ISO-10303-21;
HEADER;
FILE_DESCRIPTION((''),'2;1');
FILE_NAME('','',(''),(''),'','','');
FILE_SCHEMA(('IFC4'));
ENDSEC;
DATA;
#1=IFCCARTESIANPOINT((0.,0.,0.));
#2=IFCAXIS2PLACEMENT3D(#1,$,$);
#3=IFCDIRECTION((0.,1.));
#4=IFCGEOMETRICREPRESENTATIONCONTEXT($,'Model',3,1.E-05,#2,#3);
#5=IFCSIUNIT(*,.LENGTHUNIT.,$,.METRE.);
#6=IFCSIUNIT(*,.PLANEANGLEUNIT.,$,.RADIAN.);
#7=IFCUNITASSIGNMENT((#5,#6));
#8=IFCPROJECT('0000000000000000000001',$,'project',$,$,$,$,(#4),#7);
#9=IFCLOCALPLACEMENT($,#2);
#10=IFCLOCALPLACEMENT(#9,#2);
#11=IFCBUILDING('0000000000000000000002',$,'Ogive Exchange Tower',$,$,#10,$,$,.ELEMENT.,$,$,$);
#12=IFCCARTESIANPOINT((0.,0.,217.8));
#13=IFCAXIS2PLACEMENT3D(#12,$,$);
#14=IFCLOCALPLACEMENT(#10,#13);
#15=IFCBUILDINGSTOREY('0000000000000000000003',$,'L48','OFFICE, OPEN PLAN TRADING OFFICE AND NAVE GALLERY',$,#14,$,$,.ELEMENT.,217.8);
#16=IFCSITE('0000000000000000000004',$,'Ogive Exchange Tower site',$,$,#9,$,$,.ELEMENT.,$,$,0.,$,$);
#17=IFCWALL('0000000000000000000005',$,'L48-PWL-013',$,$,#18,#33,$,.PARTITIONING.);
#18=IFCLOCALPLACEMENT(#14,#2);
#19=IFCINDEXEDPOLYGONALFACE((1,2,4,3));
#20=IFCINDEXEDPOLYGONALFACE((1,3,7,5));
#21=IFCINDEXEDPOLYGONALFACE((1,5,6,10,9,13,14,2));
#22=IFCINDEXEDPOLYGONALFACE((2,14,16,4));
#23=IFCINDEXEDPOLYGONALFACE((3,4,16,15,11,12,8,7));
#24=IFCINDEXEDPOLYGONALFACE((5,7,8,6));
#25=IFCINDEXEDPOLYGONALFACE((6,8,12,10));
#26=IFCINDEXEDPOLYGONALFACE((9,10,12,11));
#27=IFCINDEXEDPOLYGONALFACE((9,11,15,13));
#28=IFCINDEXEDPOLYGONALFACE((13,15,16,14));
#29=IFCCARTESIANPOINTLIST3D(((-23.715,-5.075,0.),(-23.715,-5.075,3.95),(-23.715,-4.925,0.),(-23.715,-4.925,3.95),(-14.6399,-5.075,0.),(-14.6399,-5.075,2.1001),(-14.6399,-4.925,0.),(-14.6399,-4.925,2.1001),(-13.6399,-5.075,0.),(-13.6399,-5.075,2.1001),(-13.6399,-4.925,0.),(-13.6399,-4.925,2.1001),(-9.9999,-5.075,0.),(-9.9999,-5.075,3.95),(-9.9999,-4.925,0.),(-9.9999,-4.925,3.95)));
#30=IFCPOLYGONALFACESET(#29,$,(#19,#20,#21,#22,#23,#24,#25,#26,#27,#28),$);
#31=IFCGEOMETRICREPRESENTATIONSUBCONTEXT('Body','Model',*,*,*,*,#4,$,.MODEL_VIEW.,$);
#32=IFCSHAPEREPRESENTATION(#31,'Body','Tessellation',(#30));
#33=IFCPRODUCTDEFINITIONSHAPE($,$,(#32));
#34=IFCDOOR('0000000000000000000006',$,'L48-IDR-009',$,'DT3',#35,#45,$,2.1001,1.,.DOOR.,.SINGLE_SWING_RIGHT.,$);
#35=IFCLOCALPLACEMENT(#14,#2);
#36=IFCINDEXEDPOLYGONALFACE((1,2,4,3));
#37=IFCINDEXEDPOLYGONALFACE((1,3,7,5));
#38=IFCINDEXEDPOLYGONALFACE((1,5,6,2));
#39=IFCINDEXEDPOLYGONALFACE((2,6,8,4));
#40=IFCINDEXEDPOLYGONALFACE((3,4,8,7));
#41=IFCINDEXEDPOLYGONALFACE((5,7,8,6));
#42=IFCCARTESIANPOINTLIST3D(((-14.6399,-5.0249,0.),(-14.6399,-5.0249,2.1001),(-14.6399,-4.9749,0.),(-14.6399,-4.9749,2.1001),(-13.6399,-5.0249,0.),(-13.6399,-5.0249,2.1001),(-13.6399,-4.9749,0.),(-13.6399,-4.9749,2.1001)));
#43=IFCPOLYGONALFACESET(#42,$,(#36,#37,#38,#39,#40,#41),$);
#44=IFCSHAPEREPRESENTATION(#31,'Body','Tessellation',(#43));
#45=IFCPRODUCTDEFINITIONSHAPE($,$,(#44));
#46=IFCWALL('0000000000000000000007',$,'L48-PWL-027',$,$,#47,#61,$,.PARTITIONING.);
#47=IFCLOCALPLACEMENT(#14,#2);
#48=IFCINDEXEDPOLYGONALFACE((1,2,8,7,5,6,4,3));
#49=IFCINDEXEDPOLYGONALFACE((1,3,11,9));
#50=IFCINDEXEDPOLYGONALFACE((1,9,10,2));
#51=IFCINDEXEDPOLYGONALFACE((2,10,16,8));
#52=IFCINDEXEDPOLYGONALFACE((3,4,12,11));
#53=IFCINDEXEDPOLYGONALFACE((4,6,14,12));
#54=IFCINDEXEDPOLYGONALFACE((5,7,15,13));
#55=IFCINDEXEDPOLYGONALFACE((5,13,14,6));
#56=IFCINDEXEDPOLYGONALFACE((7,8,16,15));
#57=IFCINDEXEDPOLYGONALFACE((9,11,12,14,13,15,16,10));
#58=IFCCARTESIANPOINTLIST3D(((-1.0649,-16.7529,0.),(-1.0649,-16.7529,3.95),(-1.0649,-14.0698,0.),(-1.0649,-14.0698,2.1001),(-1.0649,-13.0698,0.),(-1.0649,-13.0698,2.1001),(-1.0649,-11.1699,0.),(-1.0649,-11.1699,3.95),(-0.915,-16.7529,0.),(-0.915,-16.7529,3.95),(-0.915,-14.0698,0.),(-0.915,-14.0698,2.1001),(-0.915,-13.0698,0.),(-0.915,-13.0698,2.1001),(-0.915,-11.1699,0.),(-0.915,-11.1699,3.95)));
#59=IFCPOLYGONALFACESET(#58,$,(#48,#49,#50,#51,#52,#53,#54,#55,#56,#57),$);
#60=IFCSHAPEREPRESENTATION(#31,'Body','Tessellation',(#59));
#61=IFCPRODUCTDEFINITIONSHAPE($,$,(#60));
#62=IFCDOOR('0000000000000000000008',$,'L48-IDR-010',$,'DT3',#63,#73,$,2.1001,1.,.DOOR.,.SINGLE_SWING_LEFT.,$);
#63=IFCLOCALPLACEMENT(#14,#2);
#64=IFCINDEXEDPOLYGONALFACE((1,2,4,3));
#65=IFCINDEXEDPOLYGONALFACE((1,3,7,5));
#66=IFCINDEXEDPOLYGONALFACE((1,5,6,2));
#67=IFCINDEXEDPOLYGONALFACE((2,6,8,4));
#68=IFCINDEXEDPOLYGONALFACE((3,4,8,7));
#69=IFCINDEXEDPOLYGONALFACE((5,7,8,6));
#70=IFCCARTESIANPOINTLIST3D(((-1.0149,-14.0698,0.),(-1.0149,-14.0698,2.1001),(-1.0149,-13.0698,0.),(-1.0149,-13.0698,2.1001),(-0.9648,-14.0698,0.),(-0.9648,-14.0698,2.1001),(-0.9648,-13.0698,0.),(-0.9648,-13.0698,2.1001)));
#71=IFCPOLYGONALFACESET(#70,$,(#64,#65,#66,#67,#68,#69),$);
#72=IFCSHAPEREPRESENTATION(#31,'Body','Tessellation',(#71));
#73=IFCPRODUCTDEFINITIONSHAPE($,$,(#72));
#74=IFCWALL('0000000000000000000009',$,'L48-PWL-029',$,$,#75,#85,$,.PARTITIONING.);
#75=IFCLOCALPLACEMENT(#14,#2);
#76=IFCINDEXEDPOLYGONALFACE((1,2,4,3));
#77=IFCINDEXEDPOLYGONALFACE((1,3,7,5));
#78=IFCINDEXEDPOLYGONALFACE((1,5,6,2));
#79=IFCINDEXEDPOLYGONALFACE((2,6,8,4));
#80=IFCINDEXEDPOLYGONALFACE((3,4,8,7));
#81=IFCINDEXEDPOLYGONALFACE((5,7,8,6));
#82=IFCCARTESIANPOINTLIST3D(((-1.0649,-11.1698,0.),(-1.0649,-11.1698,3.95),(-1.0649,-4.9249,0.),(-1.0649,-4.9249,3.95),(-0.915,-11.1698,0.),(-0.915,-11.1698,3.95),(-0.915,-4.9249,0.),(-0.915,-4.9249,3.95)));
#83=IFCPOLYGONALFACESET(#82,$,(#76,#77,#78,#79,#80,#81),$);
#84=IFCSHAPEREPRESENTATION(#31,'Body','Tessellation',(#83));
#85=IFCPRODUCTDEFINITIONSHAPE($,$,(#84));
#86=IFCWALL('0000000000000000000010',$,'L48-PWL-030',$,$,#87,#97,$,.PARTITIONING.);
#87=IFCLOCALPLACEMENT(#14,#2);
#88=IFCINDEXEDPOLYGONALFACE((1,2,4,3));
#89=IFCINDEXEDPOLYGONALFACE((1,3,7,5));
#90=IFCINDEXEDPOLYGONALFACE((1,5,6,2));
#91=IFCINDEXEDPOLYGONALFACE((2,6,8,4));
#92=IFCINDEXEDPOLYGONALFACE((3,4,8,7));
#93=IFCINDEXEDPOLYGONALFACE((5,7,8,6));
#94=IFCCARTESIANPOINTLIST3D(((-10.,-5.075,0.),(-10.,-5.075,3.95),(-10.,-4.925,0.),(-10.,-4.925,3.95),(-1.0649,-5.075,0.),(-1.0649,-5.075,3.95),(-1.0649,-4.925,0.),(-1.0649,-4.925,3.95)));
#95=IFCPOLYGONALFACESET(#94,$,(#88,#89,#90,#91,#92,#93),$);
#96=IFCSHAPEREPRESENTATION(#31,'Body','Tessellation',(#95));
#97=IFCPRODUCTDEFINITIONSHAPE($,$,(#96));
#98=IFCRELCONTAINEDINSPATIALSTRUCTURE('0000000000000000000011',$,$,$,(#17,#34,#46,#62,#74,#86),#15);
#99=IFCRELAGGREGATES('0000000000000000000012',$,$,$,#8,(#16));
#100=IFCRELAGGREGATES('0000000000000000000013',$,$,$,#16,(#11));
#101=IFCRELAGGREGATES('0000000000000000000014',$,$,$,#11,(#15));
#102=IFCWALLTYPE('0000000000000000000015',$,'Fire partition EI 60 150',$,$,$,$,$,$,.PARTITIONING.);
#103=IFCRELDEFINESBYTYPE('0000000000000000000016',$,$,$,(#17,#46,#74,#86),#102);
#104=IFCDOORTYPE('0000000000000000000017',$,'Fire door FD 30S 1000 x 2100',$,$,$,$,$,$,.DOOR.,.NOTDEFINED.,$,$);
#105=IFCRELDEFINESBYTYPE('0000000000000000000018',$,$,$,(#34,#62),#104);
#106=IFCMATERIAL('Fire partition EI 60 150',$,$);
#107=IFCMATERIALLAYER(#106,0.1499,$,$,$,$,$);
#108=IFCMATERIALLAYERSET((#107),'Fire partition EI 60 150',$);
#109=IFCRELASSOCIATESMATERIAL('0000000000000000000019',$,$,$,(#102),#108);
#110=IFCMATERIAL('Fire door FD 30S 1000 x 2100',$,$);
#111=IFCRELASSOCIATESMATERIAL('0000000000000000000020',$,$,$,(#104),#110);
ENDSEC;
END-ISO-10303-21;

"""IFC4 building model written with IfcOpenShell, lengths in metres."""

from ifc_helpers import new_model, si_unit, direction, frame, frame_2d, origin, place, context, subcontext, project, spatial, rectangle, extrude, material, layer, layer_set, type_object, element, fill, save


model = new_model("IFC4")

# Units and contexts
model_context = context("Model", 3, precision=1e-05, world=origin(), true_north=direction((0.0, 1.0)))
body_context = subcontext(model_context, "Body", "Model", "MODEL_VIEW")
ifc_project = project(units=[si_unit("LENGTHUNIT", "METRE"), si_unit("PLANEANGLEUNIT", "RADIAN")], contexts=[model_context])

# Site, building, storey
site_placement = place(None, origin())
site = spatial("IfcSite", under=ifc_project, at=site_placement, Name="Ogive Exchange Tower site", CompositionType="ELEMENT", RefElevation=0.0)
building_placement = place(site_placement, origin())
building = spatial("IfcBuilding", under=site, at=building_placement, Name="Ogive Exchange Tower", CompositionType="ELEMENT")
storey_placement = place(building_placement, frame((0.0, 0.0, 217.8)))
storey = spatial("IfcBuildingStorey", under=building, at=storey_placement, Name="L48", Description="OFFICE, OPEN PLAN TRADING OFFICE AND NAVE GALLERY", CompositionType="ELEMENT", Elevation=217.8)

# Walls, openings, doors
ifc_material_1 = material(Name="Fire partition EI 60 150")
ifc_layer_1 = layer(ifc_material_1, 0.1499)
ifc_layer_set_1 = layer_set([ifc_layer_1], Name="Fire partition EI 60 150")
wall_type_1 = type_object("IfcWallType", Name="Fire partition EI 60 150", PredefinedType="PARTITIONING", material=ifc_layer_set_1)
wall_1_placement = place(storey_placement, frame((-10.0, -5.0, 0.0), z_axis=(0.0, 0.0, 1.0), x_axis=(-1.0, 0.0, 0.0)))
wall_1 = element("IfcWall", 1, at=wall_1_placement, inside=storey, type_object=wall_type_1, Name="L48-PWL-013", PredefinedType="PARTITIONING", context=body_context, shape_type="SweptSolid", body=[
    extrude(rectangle(XDim=13.7151, YDim=0.1499, at=frame_2d((6.8574, 0.0))), origin(), (0.0, 0.0, 1.0), 3.95),
])
opening_1_placement = place(wall_1_placement, frame((3.6399, 0.0, 0.0)))
opening_1 = element("IfcOpeningElement", 2, at=opening_1_placement, cuts=wall_1, PredefinedType="OPENING", context=body_context, shape_type="SweptSolid", body=[
    extrude(rectangle(XDim=1.0, YDim=2.1001, at=frame_2d((0.5, 1.05))), frame((0.0, 0.085, 0.0), z_axis=(0.0, -1.0, 0.0), x_axis=(1.0, 0.0, 0.0)), (0.0, 0.0, 1.0), 0.1699),
])
ifc_material_2 = material(Name="Fire door FD 30S 1000 x 2100")
door_type_1 = type_object("IfcDoorType", Name="Fire door FD 30S 1000 x 2100", OperationType="NOTDEFINED", PredefinedType="DOOR", material=ifc_material_2)
door_1_placement = place(opening_1_placement, origin())
door_1 = element("IfcDoor", 3, at=door_1_placement, inside=storey, type_object=door_type_1, Name="L48-IDR-009", ObjectType="DT3", OperationType="SINGLE_SWING_RIGHT", OverallHeight=2.1001, OverallWidth=1.0, PredefinedType="DOOR", context=body_context, shape_type="SweptSolid", body=[
    extrude(rectangle(XDim=1.0, YDim=2.1001, at=frame_2d((0.5, 1.05))), frame((0.0, 0.0249, 0.0), z_axis=(0.0, -1.0, 0.0), x_axis=(1.0, 0.0, 0.0)), (0.0, 0.0, 1.0), 0.05),
])
fill(opening_1, door_1)
wall_2_placement = place(storey_placement, frame((-0.99, -16.7529, 0.0), z_axis=(0.0, 0.0, 1.0), x_axis=(0.0, 1.0, 0.0)))
wall_2 = element("IfcWall", 4, at=wall_2_placement, inside=storey, type_object=wall_type_1, Name="L48-PWL-027", PredefinedType="PARTITIONING", context=body_context, shape_type="SweptSolid", body=[
    extrude(rectangle(XDim=5.583, YDim=0.1499, at=frame_2d((2.7915, 0.0))), origin(), (0.0, 0.0, 1.0), 3.95),
])
opening_2_placement = place(wall_2_placement, frame((2.6831, 0.0, 0.0)))
opening_2 = element("IfcOpeningElement", 5, at=opening_2_placement, cuts=wall_2, PredefinedType="OPENING", context=body_context, shape_type="SweptSolid", body=[
    extrude(rectangle(XDim=1.0, YDim=2.1001, at=frame_2d((0.5, 1.05))), frame((0.0, 0.085, 0.0), z_axis=(0.0, -1.0, 0.0), x_axis=(1.0, 0.0, 0.0)), (0.0, 0.0, 1.0), 0.1699),
])
door_2_placement = place(opening_2_placement, origin())
door_2 = element("IfcDoor", 6, at=door_2_placement, inside=storey, type_object=door_type_1, Name="L48-IDR-010", ObjectType="DT3", OperationType="SINGLE_SWING_LEFT", OverallHeight=2.1001, OverallWidth=1.0, PredefinedType="DOOR", context=body_context, shape_type="SweptSolid", body=[
    extrude(rectangle(XDim=1.0, YDim=2.1001, at=frame_2d((0.5, 1.05))), frame((0.0, 0.0249, 0.0), z_axis=(0.0, -1.0, 0.0), x_axis=(1.0, 0.0, 0.0)), (0.0, 0.0, 1.0), 0.05),
])
fill(opening_2, door_2)

# Walls
wall_3_placement = place(storey_placement, frame((-0.99, -11.1699, 0.0), z_axis=(0.0, 0.0, 1.0), x_axis=(0.0, 1.0, 0.0)))
element("IfcWall", 7, at=wall_3_placement, inside=storey, type_object=wall_type_1, Name="L48-PWL-029", PredefinedType="PARTITIONING", context=body_context, shape_type="SweptSolid", body=[
    extrude(rectangle(XDim=6.2449, YDim=0.1499, at=frame_2d((3.1226, 0.0))), origin(), (0.0, 0.0, 1.0), 3.95),
])
wall_4_placement = place(storey_placement, frame((-1.0649, -5.0, 0.0), z_axis=(0.0, 0.0, 1.0), x_axis=(-1.0, 0.0, 0.0)))
element("IfcWall", 8, at=wall_4_placement, inside=storey, type_object=wall_type_1, Name="L48-PWL-030", PredefinedType="PARTITIONING", context=body_context, shape_type="SweptSolid", body=[
    extrude(rectangle(XDim=8.9351, YDim=0.1499, at=frame_2d((4.4675, 0.0))), origin(), (0.0, 0.0, 1.0), 3.95),
])

save(model, "model.ifc")
